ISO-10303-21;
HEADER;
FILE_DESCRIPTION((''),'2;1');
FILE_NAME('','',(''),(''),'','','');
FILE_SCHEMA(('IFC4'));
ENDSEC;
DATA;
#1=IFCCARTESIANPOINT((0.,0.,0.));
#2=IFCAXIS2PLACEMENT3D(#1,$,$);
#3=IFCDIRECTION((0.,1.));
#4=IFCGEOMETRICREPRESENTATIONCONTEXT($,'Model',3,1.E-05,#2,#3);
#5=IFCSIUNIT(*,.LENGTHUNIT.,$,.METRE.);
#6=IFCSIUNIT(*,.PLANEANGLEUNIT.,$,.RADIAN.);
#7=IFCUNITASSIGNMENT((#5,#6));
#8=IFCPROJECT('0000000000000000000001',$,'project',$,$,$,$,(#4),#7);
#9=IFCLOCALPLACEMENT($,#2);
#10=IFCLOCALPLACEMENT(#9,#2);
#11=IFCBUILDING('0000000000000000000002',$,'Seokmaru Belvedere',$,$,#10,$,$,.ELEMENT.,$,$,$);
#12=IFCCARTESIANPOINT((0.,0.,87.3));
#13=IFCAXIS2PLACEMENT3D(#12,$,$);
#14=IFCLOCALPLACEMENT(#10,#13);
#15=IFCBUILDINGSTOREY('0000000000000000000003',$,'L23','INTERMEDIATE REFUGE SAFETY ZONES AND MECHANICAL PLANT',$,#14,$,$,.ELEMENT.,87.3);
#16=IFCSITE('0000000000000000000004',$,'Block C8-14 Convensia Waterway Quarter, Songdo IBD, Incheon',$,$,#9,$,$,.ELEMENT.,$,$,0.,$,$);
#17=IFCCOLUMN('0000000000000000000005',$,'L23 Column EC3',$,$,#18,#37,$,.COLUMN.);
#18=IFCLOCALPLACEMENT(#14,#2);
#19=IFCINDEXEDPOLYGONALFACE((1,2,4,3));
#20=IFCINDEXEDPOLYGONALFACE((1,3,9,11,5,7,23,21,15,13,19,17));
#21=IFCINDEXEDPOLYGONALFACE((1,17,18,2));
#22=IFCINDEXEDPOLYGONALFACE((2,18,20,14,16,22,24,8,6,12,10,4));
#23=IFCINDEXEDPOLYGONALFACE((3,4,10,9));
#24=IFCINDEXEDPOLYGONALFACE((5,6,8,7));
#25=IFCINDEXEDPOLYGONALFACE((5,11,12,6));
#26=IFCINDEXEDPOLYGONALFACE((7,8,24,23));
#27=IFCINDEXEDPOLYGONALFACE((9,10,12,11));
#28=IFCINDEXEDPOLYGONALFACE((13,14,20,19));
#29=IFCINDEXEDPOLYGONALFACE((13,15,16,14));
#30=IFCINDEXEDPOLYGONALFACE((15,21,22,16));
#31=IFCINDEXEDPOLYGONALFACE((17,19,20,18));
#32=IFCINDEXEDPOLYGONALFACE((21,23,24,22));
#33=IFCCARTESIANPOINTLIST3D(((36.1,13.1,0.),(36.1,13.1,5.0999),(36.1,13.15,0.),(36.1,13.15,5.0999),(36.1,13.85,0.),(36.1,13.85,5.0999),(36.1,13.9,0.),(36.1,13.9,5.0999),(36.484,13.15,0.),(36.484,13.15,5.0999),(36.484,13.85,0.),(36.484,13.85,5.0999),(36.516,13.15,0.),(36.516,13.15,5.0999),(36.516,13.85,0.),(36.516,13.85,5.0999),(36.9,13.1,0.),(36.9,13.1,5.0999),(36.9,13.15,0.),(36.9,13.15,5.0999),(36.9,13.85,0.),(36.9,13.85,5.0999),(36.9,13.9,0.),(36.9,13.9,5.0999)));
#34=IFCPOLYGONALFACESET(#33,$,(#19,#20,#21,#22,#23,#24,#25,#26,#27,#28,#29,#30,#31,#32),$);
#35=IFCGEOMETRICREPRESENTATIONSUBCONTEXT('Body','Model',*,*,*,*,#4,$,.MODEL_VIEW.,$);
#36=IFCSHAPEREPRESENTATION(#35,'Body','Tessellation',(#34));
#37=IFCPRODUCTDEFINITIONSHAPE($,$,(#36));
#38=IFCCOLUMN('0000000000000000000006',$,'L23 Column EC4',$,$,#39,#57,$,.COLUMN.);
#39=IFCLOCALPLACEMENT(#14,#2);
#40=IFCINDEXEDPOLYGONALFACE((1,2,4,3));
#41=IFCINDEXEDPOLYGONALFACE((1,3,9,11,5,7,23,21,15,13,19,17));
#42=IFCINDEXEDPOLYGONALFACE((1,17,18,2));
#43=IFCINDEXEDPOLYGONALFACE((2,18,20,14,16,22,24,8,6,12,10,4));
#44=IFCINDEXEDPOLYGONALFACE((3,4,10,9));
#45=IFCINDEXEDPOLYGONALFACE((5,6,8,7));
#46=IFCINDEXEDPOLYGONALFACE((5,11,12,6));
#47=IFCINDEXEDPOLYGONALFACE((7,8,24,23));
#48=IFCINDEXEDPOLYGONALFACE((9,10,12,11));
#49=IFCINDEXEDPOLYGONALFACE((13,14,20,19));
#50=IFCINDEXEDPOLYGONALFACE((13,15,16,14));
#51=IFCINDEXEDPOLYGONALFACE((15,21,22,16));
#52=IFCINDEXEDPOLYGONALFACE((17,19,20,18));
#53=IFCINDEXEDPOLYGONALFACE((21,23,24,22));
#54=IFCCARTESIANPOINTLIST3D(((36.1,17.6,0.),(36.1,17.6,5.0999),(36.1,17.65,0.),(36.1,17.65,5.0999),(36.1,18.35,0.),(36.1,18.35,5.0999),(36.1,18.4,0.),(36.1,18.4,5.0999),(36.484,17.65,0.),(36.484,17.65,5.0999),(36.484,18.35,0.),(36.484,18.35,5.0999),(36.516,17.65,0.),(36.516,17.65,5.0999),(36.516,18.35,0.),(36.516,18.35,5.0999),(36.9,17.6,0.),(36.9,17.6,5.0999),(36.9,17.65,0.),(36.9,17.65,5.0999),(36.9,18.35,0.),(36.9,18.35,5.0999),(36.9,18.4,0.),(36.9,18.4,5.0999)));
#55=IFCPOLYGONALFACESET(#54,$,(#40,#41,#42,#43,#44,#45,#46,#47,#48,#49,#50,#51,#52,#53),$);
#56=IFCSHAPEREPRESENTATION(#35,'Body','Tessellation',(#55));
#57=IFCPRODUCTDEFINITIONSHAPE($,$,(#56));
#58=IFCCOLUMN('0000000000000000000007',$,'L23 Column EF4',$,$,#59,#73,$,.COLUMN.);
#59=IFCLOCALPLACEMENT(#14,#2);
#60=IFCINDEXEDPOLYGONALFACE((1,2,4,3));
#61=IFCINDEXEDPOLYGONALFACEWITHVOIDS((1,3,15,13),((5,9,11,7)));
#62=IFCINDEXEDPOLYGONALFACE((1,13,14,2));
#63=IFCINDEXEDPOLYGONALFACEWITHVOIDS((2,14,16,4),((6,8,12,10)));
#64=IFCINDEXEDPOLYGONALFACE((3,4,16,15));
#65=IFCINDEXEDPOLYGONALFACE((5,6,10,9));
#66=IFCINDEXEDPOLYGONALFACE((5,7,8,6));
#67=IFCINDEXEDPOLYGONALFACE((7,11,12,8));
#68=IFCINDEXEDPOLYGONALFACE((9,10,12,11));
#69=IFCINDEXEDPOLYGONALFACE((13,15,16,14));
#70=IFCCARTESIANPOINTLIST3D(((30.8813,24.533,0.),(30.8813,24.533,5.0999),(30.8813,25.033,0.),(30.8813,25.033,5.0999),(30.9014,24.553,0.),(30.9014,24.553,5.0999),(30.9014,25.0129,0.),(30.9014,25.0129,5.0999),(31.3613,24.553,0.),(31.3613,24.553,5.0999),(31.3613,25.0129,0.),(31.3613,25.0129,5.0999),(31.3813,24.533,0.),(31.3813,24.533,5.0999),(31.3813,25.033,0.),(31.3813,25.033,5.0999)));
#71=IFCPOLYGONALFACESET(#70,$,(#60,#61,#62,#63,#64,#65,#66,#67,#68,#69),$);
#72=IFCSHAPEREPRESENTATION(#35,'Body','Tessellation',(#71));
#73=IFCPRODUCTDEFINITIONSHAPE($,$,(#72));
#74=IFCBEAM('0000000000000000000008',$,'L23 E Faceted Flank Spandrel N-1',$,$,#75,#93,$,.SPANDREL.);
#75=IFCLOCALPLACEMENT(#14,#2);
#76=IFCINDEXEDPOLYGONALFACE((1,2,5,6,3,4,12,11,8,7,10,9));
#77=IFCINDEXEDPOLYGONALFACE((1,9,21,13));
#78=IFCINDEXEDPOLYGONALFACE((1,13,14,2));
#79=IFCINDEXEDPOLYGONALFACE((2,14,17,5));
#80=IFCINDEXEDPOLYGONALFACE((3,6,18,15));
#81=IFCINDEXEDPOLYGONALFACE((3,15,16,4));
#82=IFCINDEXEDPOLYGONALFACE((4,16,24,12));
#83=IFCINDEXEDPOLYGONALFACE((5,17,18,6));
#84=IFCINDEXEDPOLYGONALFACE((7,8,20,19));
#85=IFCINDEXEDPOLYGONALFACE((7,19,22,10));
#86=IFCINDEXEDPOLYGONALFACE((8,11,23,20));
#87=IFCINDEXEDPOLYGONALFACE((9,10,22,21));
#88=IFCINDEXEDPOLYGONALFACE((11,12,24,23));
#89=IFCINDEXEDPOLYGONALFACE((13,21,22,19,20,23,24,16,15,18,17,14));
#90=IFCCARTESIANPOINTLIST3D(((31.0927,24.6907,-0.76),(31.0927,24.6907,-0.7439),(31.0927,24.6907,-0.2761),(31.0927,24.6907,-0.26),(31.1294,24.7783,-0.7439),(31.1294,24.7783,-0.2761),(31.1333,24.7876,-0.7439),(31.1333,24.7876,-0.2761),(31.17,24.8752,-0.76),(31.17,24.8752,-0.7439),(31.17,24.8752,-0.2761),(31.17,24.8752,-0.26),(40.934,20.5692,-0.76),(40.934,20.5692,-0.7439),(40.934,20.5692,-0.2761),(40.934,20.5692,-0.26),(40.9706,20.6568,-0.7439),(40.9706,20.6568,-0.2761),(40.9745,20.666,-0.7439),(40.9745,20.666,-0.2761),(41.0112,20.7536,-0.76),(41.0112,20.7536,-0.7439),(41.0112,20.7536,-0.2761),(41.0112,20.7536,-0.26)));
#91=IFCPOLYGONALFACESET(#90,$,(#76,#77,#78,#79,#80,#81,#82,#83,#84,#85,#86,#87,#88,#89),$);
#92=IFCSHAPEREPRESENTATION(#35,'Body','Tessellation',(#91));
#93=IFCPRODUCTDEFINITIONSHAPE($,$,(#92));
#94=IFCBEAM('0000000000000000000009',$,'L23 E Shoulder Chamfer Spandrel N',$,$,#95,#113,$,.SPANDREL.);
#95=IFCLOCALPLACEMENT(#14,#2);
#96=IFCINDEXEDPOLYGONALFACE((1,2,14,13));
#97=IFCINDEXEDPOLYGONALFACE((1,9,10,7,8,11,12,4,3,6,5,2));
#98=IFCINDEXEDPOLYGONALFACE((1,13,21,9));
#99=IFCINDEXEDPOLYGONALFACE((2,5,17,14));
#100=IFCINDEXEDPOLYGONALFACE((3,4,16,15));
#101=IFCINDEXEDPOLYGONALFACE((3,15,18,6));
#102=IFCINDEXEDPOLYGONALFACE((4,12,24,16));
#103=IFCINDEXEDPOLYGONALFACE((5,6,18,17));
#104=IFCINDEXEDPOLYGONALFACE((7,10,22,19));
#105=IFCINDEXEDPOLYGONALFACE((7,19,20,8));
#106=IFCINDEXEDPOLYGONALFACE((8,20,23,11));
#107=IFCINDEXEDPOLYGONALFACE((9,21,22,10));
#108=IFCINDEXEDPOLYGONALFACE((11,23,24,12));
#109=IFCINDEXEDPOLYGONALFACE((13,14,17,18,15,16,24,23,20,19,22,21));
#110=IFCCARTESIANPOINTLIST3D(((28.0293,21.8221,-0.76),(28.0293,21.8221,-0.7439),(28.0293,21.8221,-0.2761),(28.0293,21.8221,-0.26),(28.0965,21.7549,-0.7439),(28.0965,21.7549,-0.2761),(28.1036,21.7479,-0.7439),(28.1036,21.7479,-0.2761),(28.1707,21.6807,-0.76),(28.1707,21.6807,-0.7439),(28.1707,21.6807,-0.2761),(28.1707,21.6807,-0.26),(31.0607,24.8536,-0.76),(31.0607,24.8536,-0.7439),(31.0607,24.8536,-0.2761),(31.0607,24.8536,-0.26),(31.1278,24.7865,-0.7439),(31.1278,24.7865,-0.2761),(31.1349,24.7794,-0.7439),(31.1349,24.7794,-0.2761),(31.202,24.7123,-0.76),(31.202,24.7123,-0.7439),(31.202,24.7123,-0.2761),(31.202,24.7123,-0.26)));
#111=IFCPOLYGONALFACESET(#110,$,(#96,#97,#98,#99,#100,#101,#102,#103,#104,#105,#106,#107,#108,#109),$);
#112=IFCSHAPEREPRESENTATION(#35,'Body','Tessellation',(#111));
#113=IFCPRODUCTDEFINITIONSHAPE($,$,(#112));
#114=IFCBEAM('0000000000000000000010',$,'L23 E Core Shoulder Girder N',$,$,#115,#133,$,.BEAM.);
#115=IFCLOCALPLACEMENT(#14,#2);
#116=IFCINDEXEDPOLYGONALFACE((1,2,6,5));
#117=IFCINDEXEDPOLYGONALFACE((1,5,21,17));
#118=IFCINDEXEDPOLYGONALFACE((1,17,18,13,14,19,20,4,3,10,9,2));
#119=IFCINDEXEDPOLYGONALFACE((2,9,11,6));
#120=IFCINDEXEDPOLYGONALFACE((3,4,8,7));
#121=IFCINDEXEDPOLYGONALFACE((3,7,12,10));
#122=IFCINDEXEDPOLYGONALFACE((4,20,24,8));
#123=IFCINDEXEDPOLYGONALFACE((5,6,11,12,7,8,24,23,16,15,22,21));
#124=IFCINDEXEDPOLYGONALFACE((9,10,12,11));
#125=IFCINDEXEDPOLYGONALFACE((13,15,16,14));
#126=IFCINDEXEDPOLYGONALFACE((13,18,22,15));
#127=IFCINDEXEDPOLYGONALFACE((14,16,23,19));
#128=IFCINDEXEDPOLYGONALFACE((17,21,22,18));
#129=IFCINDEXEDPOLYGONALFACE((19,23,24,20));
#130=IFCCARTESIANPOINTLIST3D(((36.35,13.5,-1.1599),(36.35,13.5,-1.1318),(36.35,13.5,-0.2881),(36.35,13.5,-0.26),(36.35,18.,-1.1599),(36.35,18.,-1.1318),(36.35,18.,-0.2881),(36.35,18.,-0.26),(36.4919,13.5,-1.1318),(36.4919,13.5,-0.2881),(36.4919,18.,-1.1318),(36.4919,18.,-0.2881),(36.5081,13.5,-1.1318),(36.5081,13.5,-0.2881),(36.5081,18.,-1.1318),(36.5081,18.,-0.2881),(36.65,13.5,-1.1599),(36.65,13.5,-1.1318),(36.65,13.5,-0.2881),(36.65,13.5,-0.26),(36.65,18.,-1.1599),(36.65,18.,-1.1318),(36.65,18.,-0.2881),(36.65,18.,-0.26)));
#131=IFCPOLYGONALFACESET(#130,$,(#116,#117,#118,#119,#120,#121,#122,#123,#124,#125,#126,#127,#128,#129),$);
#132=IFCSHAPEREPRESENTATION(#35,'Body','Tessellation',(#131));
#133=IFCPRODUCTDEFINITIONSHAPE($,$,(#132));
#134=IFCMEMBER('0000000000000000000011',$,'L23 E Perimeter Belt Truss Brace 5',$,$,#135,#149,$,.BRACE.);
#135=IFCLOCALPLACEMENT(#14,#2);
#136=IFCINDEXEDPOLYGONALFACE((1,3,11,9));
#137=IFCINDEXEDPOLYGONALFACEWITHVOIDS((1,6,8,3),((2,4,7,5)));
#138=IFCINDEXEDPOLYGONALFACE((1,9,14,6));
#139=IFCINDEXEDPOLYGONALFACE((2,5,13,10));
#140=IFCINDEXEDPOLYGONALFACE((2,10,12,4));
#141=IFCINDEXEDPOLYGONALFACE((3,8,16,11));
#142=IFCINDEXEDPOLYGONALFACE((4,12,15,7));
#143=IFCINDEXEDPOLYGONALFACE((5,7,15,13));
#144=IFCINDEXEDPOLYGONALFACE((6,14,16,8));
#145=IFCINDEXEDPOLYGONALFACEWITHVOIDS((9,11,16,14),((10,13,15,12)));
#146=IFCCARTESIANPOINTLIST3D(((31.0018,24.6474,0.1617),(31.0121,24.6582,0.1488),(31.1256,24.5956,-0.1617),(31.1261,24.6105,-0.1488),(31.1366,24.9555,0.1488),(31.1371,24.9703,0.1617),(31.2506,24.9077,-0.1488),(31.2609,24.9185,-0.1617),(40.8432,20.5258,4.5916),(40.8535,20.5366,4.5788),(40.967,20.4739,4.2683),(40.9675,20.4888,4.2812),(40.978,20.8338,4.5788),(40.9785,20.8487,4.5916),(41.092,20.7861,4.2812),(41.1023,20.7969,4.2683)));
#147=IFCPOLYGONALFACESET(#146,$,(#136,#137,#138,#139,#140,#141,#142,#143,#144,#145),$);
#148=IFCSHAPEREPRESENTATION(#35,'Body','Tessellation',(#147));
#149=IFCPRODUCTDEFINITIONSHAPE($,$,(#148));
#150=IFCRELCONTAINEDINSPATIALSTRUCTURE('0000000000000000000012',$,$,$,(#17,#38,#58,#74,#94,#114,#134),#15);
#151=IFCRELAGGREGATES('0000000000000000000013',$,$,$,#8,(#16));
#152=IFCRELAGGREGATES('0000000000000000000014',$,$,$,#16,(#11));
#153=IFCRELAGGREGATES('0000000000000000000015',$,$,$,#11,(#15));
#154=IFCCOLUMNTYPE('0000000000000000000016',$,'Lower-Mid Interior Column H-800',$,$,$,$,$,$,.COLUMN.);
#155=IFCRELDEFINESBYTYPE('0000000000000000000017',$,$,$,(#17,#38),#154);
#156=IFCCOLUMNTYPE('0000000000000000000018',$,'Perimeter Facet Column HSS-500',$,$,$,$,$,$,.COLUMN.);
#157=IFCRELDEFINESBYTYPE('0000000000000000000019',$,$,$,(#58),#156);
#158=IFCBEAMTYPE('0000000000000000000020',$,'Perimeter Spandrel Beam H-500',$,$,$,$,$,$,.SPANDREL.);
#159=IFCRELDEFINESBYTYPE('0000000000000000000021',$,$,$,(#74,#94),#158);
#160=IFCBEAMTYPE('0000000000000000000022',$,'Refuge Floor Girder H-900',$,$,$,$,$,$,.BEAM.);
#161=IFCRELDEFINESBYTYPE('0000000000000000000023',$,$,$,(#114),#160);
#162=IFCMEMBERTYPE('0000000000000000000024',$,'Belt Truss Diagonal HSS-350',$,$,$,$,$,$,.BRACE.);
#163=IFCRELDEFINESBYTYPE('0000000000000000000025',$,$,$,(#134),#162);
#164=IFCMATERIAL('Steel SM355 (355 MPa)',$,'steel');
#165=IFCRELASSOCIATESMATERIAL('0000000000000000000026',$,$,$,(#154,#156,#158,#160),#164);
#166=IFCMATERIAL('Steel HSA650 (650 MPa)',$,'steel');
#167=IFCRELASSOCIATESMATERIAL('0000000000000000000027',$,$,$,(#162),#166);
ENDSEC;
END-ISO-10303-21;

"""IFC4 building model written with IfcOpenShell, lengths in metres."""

from ifc_helpers import new_model, si_unit, direction, frame, origin, origin_2d, place, context, subcontext, project, spatial, hollow_rectangle, i_section, extrude, source, transform, mapped, material, material_profile, profile_set, type_object, type_shapes, element, save


model = new_model("IFC4")

# Units and contexts
model_context = context("Model", 3, precision=1e-05, world=origin(), true_north=direction((0.0, 1.0)))
body_context = subcontext(model_context, "Body", "Model", "MODEL_VIEW")
ifc_project = project(units=[si_unit("LENGTHUNIT", "METRE"), si_unit("PLANEANGLEUNIT", "RADIAN")], contexts=[model_context])

# Site, building, storey
site_placement = place(None, origin())
site = spatial("IfcSite", under=ifc_project, at=site_placement, Name="Block C8-14 Convensia Waterway Quarter, Songdo IBD, Incheon", CompositionType="ELEMENT", RefElevation=0.0)
building_placement = place(site_placement, origin())
building = spatial("IfcBuilding", under=site, at=building_placement, Name="Seokmaru Belvedere", CompositionType="ELEMENT")
storey_placement = place(building_placement, frame((0.0, 0.0, 87.3)))
storey = spatial("IfcBuildingStorey", under=building, at=storey_placement, Name="L23", Description="INTERMEDIATE REFUGE SAFETY ZONES AND MECHANICAL PLANT", CompositionType="ELEMENT", Elevation=87.3)

# Columns
ifc_material_1 = material(Name="Steel SM355 (355 MPa)", Category="steel")
ifc_material_profile_1 = material_profile(ifc_material_1, i_section(OverallWidth=0.8, OverallDepth=0.8, WebThickness=0.032, FlangeThickness=0.05, at=origin_2d()), Name="H-800x800x32x50")
ifc_profile_set_1 = profile_set([ifc_material_profile_1], Name="Steel SM355 (355 MPa)")
column_type_1 = type_object("IfcColumnType", Name="Lower-Mid Interior Column H-800", PredefinedType="COLUMN", material=ifc_profile_set_1)
shared_shape_1 = source(origin(), body_context, "Body", "SweptSolid", [
    extrude(i_section(OverallWidth=0.8, OverallDepth=0.8, WebThickness=0.032, FlangeThickness=0.05, at=origin_2d()), origin(), (0.0, 0.0, 1.0), 5.0999),
])
type_shapes(column_type_1, [shared_shape_1])
for number, where, z_axis, x_axis, name in (
    (1, (36.5, 13.5, 0.0), (0.0, 0.0, 1.0), (1.0, 0.0, 0.0), "L23 Column EC3"),
    (2, (36.5, 18.0, 0.0), (0.0, 0.0, 1.0), (1.0, 0.0, 0.0), "L23 Column EC4"),
):
    element("IfcColumn", number, at=place(storey_placement, frame(where, z_axis=z_axis, x_axis=x_axis)), inside=storey, type_object=column_type_1, Name=name, PredefinedType="COLUMN", context=body_context, shape_type="MappedRepresentation", body=[
        mapped(shared_shape_1, transform((0.0, 0.0, 0.0), scale=1.0)),
    ])
ifc_material_profile_2 = material_profile(ifc_material_1, hollow_rectangle(XDim=0.5, YDim=0.5, WallThickness=0.02, at=origin_2d()), Name="HSS-500x500x20")
ifc_profile_set_2 = profile_set([ifc_material_profile_2], Name="Steel SM355 (355 MPa)")
column_type_2 = type_object("IfcColumnType", Name="Perimeter Facet Column HSS-500", PredefinedType="COLUMN", material=ifc_profile_set_2)
shared_shape_2 = source(origin(), body_context, "Body", "SweptSolid", [
    extrude(hollow_rectangle(XDim=0.5, YDim=0.5, WallThickness=0.02, at=origin_2d()), origin(), (0.0, 0.0, 1.0), 5.0999),
])
type_shapes(column_type_2, [shared_shape_2])
column_placement = place(storey_placement, frame((31.1313, 24.783, 0.0), z_axis=(0.0, 0.0, 1.0), x_axis=(1.0, 0.0, 0.0)))
element("IfcColumn", 3, at=column_placement, inside=storey, type_object=column_type_2, Name="L23 Column EF4", PredefinedType="COLUMN", context=body_context, shape_type="MappedRepresentation", body=[
    mapped(shared_shape_2, transform((0.0, 0.0, 0.0), scale=1.0)),
])

# Beams
ifc_material_profile_3 = material_profile(ifc_material_1, i_section(OverallWidth=0.2, OverallDepth=0.5, WebThickness=0.01, FlangeThickness=0.0161, at=origin_2d()), Name="H-500x200x10x16")
ifc_profile_set_3 = profile_set([ifc_material_profile_3], Name="Steel SM355 (355 MPa)")
beam_type_1 = type_object("IfcBeamType", Name="Perimeter Spandrel Beam H-500", PredefinedType="SPANDREL", material=ifc_profile_set_3)
shared_shape_3 = source(origin(), body_context, "Body", "SweptSolid", [
    extrude(i_section(OverallWidth=0.2, OverallDepth=0.5, WebThickness=0.01, FlangeThickness=0.0161, at=origin_2d()), origin(), (0.0, 0.0, 1.0), 10.6694),
])
beam_1_placement = place(storey_placement, frame((31.1313, 24.783, -0.51), z_axis=(0.922375, -0.386295, 0.0), x_axis=(0.386295, 0.922375, 0.0)))
element("IfcBeam", 4, at=beam_1_placement, inside=storey, type_object=beam_type_1, Name="L23 E Faceted Flank Spandrel N-1", PredefinedType="SPANDREL", context=body_context, shape_type="MappedRepresentation", body=[
    mapped(shared_shape_3, transform((0.0, 0.0, 0.0), scale=1.0)),
])
shared_shape_4 = source(origin(), body_context, "Body", "SweptSolid", [
    extrude(i_section(OverallWidth=0.2, OverallDepth=0.5, WebThickness=0.01, FlangeThickness=0.0161, at=origin_2d()), origin(), (0.0, 0.0, 1.0), 4.2871),
])
type_shapes(beam_type_1, [shared_shape_3, shared_shape_4])
beam_2_placement = place(storey_placement, frame((31.1313, 24.783, -0.51), z_axis=(-0.707078, -0.707135, 0.0), x_axis=(0.707135, -0.707078, 0.0)))
element("IfcBeam", 5, at=beam_2_placement, inside=storey, type_object=beam_type_1, Name="L23 E Shoulder Chamfer Spandrel N", PredefinedType="SPANDREL", context=body_context, shape_type="MappedRepresentation", body=[
    mapped(shared_shape_4, transform((0.0, 0.0, 0.0), scale=1.0)),
])
ifc_material_profile_4 = material_profile(ifc_material_1, i_section(OverallWidth=0.3, OverallDepth=0.8999, WebThickness=0.0161, FlangeThickness=0.0281, at=origin_2d()), Name="H-900x300x16x28")
ifc_profile_set_4 = profile_set([ifc_material_profile_4], Name="Steel SM355 (355 MPa)")
beam_type_2 = type_object("IfcBeamType", Name="Refuge Floor Girder H-900", PredefinedType="BEAM", material=ifc_profile_set_4)
shared_shape_5 = source(origin(), body_context, "Body", "SweptSolid", [
    extrude(i_section(OverallWidth=0.3, OverallDepth=0.8999, WebThickness=0.0161, FlangeThickness=0.0281, at=origin_2d()), origin(), (0.0, 0.0, 1.0), 4.5),
])
type_shapes(beam_type_2, [shared_shape_5])
beam_3_placement = place(storey_placement, frame((36.5, 13.5, -0.71), z_axis=(0.0, 1.0, 0.0), x_axis=(-1.0, 0.0, 0.0)))
element("IfcBeam", 6, at=beam_3_placement, inside=storey, type_object=beam_type_2, Name="L23 E Core Shoulder Girder N", PredefinedType="BEAM", context=body_context, shape_type="MappedRepresentation", body=[
    mapped(shared_shape_5, transform((0.0, 0.0, 0.0), scale=1.0)),
])

# Member
ifc_material_2 = material(Name="Steel HSA650 (650 MPa)", Category="steel")
ifc_material_profile_5 = material_profile(ifc_material_2, hollow_rectangle(XDim=0.3501, YDim=0.3501, WallThickness=0.0139, at=origin_2d()), Name="HSS-350x350x14")
ifc_profile_set_5 = profile_set([ifc_material_profile_5], Name="Steel HSA650 (650 MPa)")
member_type_1 = type_object("IfcMemberType", Name="Belt Truss Diagonal HSS-350", PredefinedType="BRACE", material=ifc_profile_set_5)
shared_shape_6 = source(origin(), body_context, "Body", "SweptSolid", [
    extrude(hollow_rectangle(XDim=0.3501, YDim=0.3501, WallThickness=0.0139, at=origin_2d()), origin(), (0.0, 0.0, 1.0), 11.5527),
])
type_shapes(member_type_1, [shared_shape_6])
member_1_placement = place(storey_placement, frame((31.1313, 24.783, 0.0), z_axis=(0.851868, -0.356766, 0.383457), x_axis=(0.386295, 0.922375, 0.0)))
element("IfcMember", 7, at=member_1_placement, inside=storey, type_object=member_type_1, Name="L23 E Perimeter Belt Truss Brace 5", PredefinedType="BRACE", context=body_context, shape_type="MappedRepresentation", body=[
    mapped(shared_shape_6, transform((0.0, 0.0, 0.0), scale=1.0)),
])

save(model, "model.ifc")
